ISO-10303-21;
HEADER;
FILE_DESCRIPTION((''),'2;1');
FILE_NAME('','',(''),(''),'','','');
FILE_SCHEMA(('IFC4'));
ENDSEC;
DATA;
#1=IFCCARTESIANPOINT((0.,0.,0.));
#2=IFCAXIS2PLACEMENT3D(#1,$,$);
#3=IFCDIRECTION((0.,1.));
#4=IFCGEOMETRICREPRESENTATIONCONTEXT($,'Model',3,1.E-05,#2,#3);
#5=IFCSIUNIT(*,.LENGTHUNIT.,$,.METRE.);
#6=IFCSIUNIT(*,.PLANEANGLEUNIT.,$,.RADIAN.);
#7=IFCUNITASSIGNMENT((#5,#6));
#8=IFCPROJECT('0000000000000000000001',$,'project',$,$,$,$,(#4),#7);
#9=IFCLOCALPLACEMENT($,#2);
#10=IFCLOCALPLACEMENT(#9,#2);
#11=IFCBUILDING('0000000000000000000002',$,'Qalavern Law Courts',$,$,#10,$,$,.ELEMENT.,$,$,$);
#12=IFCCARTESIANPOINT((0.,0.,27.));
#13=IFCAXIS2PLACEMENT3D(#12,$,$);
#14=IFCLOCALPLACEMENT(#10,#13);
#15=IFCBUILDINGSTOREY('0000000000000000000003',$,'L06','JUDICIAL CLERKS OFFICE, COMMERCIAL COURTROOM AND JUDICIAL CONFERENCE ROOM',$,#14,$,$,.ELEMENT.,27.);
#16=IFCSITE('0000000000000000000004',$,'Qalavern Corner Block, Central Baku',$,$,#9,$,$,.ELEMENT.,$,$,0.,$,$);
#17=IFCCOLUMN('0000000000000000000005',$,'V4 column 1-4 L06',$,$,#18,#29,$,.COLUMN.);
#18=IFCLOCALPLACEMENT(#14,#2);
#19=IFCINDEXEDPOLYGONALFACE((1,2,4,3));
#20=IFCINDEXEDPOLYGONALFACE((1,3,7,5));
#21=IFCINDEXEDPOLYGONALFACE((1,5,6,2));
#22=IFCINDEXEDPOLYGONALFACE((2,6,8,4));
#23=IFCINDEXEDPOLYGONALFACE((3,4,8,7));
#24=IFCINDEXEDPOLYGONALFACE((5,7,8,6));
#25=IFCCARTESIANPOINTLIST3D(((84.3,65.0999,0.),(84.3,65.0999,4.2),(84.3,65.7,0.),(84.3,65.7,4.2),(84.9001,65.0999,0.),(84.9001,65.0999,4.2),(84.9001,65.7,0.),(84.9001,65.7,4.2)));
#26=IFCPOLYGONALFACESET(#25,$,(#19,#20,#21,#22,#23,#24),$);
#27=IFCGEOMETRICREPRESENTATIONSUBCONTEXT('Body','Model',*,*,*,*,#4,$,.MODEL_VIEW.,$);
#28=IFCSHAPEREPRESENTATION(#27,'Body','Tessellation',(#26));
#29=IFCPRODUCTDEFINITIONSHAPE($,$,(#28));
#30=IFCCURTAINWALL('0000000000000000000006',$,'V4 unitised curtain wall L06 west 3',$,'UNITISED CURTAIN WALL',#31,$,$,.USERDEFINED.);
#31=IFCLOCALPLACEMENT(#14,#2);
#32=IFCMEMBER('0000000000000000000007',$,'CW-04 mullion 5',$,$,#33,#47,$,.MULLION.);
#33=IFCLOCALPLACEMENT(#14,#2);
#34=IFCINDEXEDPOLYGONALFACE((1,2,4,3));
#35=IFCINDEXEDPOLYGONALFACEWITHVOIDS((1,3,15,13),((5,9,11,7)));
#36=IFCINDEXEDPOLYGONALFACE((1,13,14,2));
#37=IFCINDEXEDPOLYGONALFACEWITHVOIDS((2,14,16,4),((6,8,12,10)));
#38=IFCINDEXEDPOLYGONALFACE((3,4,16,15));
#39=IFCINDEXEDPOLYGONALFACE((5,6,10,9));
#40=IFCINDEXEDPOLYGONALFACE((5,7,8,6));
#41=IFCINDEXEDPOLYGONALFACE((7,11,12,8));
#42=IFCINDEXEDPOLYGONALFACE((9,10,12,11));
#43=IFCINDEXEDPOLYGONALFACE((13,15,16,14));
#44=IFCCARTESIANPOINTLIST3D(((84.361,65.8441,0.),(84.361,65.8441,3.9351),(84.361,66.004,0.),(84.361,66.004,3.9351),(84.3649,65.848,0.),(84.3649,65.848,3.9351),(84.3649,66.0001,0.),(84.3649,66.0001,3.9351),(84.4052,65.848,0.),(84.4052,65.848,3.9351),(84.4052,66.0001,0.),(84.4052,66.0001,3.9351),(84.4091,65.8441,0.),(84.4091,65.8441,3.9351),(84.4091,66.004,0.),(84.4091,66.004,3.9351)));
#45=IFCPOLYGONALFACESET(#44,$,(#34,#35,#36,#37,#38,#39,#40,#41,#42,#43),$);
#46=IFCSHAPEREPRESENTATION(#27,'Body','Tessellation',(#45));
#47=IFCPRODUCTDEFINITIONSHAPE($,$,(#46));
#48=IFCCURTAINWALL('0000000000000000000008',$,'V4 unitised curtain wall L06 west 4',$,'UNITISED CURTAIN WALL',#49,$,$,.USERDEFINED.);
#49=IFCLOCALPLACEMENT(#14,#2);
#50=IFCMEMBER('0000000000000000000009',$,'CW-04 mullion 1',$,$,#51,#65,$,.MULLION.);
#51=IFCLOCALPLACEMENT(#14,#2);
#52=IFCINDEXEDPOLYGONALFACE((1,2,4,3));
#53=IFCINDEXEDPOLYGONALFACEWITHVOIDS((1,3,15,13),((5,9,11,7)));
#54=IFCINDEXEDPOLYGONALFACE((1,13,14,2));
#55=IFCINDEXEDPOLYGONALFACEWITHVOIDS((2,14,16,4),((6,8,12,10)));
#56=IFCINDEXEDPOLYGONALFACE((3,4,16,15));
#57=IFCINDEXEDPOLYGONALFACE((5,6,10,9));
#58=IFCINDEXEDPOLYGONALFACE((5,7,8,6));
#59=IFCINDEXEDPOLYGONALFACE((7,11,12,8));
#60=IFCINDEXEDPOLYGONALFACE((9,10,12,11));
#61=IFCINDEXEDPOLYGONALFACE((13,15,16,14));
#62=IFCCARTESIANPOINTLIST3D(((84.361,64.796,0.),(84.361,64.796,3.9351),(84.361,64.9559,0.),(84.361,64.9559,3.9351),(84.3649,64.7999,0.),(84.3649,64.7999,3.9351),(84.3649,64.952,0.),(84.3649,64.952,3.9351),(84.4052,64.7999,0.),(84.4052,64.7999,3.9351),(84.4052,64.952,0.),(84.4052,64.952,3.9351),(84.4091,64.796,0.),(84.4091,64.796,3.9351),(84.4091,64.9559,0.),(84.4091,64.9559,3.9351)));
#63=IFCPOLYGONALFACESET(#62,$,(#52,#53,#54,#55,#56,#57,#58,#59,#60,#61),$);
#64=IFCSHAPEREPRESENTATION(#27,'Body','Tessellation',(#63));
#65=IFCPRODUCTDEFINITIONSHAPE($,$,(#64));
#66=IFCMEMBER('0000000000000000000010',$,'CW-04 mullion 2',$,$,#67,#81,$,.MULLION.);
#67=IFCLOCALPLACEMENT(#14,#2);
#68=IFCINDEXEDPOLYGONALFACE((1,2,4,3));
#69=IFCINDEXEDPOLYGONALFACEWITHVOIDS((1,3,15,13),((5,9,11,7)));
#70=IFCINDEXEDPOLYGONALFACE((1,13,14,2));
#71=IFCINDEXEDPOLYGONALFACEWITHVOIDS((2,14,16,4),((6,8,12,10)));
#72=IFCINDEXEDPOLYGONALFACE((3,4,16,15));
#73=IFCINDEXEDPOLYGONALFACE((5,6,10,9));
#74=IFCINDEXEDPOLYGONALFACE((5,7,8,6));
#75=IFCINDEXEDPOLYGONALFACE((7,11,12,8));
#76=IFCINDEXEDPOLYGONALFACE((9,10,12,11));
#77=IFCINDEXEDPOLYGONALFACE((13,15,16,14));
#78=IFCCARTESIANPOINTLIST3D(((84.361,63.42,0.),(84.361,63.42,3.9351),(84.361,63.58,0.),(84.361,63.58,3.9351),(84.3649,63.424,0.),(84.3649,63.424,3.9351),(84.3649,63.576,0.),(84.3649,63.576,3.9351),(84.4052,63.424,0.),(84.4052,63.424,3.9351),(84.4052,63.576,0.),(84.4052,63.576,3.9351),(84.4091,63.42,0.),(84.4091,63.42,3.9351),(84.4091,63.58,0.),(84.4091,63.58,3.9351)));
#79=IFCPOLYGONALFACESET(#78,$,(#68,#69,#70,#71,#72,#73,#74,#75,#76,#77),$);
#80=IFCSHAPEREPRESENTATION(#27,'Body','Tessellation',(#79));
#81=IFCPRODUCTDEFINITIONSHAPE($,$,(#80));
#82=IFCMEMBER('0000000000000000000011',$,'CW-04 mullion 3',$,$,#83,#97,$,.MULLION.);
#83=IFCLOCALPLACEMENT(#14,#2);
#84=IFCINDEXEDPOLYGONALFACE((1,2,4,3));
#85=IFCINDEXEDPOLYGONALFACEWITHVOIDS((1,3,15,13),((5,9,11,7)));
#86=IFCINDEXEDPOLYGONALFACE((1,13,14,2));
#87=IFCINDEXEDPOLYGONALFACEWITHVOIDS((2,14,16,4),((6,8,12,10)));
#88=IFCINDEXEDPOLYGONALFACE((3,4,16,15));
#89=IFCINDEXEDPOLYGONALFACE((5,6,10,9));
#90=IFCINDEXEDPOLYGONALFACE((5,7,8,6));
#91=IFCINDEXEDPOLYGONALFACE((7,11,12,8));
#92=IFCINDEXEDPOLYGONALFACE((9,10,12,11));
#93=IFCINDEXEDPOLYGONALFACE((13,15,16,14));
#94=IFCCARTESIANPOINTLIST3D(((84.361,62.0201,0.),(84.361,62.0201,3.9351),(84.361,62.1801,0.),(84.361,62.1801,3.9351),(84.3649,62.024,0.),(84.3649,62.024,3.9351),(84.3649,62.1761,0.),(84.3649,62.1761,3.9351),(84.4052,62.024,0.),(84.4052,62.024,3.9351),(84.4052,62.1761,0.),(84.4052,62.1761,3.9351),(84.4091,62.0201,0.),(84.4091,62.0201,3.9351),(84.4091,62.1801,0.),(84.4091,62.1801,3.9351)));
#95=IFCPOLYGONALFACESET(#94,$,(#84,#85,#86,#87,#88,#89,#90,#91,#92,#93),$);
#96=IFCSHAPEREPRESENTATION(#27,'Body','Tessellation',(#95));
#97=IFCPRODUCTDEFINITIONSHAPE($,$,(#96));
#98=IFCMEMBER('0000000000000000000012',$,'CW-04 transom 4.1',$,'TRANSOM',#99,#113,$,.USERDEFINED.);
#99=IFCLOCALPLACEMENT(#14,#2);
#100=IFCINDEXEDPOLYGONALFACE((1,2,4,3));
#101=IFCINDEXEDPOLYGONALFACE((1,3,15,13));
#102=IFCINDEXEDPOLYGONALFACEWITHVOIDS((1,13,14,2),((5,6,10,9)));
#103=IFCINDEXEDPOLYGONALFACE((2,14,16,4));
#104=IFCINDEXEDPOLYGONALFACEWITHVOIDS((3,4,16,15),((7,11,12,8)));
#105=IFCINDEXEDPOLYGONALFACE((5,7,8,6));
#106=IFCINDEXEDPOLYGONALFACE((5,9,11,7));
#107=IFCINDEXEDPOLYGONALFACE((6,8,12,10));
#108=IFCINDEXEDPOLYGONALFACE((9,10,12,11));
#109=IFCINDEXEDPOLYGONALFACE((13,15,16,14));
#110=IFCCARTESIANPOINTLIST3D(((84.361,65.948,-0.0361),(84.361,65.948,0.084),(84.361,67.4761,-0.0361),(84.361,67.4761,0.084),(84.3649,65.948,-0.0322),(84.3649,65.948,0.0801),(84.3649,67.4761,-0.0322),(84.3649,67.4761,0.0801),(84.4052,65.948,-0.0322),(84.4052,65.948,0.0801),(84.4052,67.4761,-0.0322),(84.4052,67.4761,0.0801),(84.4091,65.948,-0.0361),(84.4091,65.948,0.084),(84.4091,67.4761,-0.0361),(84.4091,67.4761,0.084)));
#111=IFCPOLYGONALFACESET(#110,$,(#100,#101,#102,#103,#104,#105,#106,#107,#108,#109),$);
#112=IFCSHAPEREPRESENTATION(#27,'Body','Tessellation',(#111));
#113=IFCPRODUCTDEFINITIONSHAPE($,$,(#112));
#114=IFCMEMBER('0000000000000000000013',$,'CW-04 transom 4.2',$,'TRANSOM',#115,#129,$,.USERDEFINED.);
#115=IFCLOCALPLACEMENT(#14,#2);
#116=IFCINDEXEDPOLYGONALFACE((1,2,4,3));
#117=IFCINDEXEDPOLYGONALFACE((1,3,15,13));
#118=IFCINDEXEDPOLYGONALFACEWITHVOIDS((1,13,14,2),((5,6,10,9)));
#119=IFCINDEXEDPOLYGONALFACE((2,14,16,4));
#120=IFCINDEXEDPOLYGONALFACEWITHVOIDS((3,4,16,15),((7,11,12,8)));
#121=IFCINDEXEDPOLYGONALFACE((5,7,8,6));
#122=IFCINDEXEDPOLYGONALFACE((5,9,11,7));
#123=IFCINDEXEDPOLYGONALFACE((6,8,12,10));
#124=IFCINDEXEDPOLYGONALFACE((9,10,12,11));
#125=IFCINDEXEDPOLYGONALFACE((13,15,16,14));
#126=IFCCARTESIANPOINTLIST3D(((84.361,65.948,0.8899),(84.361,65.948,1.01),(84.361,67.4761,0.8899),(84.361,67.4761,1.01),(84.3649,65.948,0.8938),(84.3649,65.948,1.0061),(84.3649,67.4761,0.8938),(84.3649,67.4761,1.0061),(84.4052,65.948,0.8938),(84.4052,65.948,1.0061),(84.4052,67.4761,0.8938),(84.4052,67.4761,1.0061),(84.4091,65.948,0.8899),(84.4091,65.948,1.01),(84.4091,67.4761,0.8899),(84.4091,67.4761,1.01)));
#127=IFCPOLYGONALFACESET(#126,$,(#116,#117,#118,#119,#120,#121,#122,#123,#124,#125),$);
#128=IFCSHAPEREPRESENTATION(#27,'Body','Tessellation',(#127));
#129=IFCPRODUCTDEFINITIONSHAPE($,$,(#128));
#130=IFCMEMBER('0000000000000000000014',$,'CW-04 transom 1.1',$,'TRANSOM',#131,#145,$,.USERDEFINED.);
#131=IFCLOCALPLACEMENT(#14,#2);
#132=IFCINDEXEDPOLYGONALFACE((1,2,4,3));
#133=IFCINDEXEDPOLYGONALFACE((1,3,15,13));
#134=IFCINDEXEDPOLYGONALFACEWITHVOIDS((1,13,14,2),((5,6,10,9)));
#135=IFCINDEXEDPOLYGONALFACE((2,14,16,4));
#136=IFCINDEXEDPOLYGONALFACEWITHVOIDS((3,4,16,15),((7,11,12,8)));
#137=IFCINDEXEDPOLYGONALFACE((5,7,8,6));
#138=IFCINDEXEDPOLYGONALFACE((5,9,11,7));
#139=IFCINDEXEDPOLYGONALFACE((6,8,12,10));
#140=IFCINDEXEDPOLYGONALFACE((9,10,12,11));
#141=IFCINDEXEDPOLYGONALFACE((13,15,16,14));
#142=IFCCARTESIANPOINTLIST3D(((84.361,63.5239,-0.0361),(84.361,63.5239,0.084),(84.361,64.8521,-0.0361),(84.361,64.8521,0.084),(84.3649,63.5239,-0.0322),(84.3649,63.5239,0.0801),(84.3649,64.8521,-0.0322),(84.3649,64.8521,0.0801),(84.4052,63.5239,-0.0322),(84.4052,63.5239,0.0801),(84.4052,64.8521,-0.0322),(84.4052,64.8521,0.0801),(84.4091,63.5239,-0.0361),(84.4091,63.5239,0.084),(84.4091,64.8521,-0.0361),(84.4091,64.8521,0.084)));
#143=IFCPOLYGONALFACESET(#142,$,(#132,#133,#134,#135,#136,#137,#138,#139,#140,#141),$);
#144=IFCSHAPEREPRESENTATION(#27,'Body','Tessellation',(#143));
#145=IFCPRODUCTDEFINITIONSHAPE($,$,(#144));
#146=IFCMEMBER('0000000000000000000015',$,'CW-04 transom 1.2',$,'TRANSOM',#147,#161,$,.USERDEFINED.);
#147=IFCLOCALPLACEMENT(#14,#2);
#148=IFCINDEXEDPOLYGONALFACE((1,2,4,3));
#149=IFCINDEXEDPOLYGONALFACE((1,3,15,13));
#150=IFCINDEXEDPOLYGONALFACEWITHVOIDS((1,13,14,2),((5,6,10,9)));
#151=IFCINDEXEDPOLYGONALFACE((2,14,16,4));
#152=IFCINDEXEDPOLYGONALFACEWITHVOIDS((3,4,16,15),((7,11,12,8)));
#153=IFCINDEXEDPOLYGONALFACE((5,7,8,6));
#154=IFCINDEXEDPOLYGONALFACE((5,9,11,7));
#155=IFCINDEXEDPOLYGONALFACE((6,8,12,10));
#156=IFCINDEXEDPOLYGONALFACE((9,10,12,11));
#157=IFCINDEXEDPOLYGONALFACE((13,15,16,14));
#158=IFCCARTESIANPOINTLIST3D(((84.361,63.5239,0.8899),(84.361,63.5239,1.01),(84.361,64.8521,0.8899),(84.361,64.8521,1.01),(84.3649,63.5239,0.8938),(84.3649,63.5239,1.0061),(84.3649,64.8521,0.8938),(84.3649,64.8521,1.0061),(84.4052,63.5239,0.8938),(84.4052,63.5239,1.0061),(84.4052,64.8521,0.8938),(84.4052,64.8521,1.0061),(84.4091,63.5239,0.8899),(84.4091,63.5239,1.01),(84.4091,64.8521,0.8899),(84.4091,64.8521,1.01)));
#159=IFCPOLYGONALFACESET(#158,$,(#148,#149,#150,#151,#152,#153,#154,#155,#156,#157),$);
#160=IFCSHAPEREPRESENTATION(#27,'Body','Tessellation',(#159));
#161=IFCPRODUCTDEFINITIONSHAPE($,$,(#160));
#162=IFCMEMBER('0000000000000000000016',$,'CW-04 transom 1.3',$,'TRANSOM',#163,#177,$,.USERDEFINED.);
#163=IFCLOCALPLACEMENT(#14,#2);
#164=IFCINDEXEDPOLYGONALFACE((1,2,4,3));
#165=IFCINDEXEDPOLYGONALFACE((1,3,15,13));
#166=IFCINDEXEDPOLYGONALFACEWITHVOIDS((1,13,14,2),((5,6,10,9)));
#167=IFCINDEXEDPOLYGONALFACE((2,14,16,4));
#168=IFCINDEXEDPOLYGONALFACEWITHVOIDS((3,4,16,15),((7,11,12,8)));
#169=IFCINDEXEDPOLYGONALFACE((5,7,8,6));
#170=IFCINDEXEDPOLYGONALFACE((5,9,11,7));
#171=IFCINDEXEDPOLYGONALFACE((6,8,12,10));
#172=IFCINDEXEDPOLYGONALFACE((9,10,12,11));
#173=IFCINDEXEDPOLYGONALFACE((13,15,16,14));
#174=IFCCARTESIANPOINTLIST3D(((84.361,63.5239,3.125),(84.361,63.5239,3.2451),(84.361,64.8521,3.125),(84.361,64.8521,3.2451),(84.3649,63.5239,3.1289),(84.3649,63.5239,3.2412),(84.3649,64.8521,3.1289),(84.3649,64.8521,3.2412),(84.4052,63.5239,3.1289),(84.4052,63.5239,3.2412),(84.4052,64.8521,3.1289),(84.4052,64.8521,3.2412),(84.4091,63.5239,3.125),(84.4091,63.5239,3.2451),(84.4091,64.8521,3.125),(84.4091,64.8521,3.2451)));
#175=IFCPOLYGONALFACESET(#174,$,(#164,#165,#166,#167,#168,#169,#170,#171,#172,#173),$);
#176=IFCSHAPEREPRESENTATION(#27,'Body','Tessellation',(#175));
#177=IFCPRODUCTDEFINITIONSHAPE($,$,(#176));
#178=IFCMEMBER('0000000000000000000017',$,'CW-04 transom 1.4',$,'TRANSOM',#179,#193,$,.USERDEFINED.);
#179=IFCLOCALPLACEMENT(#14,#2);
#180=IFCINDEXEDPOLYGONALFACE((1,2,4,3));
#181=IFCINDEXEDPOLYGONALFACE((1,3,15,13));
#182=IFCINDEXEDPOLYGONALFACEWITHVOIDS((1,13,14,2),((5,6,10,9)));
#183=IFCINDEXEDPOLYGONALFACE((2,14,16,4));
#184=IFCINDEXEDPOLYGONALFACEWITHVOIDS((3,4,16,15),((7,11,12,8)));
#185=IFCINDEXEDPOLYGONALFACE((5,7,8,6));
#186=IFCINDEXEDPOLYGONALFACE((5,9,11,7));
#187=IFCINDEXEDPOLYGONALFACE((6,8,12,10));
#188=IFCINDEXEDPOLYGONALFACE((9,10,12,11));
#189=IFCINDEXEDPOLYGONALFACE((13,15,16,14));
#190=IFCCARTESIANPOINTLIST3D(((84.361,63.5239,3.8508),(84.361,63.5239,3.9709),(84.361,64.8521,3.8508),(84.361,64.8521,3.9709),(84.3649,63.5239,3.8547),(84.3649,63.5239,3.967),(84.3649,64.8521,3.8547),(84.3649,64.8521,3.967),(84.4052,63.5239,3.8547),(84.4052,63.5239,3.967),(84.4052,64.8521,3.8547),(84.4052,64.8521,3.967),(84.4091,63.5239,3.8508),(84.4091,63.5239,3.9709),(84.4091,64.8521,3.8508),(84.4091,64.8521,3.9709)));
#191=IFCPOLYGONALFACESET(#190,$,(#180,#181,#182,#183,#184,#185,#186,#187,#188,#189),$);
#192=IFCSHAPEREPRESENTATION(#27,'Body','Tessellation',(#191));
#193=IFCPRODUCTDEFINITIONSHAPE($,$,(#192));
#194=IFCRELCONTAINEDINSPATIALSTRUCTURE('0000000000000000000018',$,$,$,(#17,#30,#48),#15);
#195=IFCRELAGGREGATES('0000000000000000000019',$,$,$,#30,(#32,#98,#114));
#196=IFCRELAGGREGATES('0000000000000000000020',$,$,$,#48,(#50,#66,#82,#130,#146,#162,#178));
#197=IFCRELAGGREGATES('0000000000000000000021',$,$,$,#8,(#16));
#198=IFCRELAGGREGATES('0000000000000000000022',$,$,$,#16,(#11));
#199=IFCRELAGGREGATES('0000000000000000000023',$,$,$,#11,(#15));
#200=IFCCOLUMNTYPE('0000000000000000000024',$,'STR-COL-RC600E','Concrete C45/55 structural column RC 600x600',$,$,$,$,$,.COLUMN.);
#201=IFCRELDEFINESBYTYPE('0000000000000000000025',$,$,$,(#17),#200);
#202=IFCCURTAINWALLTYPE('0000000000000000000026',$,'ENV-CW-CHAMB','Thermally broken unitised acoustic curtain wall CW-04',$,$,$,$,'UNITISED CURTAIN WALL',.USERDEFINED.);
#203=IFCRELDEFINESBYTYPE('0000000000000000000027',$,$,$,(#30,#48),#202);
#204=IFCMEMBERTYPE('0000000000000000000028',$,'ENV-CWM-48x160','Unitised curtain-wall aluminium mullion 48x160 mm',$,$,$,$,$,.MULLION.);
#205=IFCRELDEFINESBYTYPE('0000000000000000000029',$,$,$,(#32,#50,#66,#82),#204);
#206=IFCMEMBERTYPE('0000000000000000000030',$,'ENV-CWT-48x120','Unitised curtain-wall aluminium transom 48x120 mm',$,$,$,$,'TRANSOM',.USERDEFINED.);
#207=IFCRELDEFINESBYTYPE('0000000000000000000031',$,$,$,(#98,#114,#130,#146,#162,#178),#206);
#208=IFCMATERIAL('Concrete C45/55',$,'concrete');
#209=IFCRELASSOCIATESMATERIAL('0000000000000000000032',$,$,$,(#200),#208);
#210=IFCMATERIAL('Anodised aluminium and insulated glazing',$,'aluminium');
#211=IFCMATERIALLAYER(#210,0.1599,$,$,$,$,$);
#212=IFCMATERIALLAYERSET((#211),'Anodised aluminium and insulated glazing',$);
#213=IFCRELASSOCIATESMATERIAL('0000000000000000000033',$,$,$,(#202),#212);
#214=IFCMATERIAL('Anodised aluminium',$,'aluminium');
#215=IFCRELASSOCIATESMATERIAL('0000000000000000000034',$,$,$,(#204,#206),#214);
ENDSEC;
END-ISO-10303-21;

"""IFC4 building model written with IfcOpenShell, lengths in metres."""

from ifc_helpers import new_model, si_unit, direction, frame, origin, origin_2d, place, context, subcontext, project, spatial, rectangle, hollow_rectangle, extrude, material, layer, layer_set, material_profile, profile_set, type_object, element, aggregate, save


model = new_model("IFC4")

# Units and contexts
model_context = context("Model", 3, precision=1e-05, world=origin(), true_north=direction((0.0, 1.0)))
body_context = subcontext(model_context, "Body", "Model", "MODEL_VIEW")
ifc_project = project(units=[si_unit("LENGTHUNIT", "METRE"), si_unit("PLANEANGLEUNIT", "RADIAN")], contexts=[model_context])

# Site, building, storey
site_placement = place(None, origin())
site = spatial("IfcSite", under=ifc_project, at=site_placement, Name="Qalavern Corner Block, Central Baku", CompositionType="ELEMENT", RefElevation=0.0)
building_placement = place(site_placement, origin())
building = spatial("IfcBuilding", under=site, at=building_placement, Name="Qalavern Law Courts", CompositionType="ELEMENT")
storey_placement = place(building_placement, frame((0.0, 0.0, 27.0)))
storey = spatial("IfcBuildingStorey", under=building, at=storey_placement, Name="L06", Description="JUDICIAL CLERKS OFFICE, COMMERCIAL COURTROOM AND JUDICIAL CONFERENCE ROOM", CompositionType="ELEMENT", Elevation=27.0)

# Column
ifc_material_1 = material(Name="Concrete C45/55", Category="concrete")
ifc_material_profile_1 = material_profile(ifc_material_1, rectangle(XDim=0.6001, YDim=0.6001, at=origin_2d()), Name="RC 600x600")
ifc_profile_set_1 = profile_set([ifc_material_profile_1], Name="Concrete C45/55")
column_type = type_object("IfcColumnType", Name="STR-COL-RC600E", Description="Concrete C45/55 structural column RC 600x600", PredefinedType="COLUMN", material=ifc_profile_set_1)
column_placement = place(storey_placement, frame((84.6001, 65.3999, 0.0), z_axis=(0.0, 0.0, 1.0), x_axis=(1.0, 0.0, 0.0)))
element("IfcColumn", 1, at=column_placement, inside=storey, type_object=column_type, Name="V4 column 1-4 L06", PredefinedType="COLUMN", context=body_context, shape_type="SweptSolid", body=[
    extrude(rectangle(XDim=0.6001, YDim=0.6001, at=origin_2d()), origin(), (0.0, 0.0, 1.0), 4.2),
])

# Curtain wall, member
ifc_material_2 = material(Name="Anodised aluminium and insulated glazing", Category="aluminium")
ifc_layer_1 = layer(ifc_material_2, 0.1599)
ifc_layer_set_1 = layer_set([ifc_layer_1], Name="Anodised aluminium and insulated glazing")
curtain_wall_type = type_object("IfcCurtainWallType", Name="ENV-CW-CHAMB", Description="Thermally broken unitised acoustic curtain wall CW-04", ElementType="UNITISED CURTAIN WALL", PredefinedType="USERDEFINED", material=ifc_layer_set_1)
curtain_wall_1_placement = place(storey_placement, origin())
curtain_wall_1 = element("IfcCurtainWall", 2, at=curtain_wall_1_placement, inside=storey, type_object=curtain_wall_type, Name="V4 unitised curtain wall L06 west 3", ObjectType="UNITISED CURTAIN WALL", PredefinedType="USERDEFINED")
ifc_material_3 = material(Name="Anodised aluminium", Category="aluminium")
ifc_material_profile_2 = material_profile(ifc_material_3, hollow_rectangle(XDim=0.0481, YDim=0.1599, WallThickness=0.0039, at=origin_2d()), Name="ALU MULLION 48x160")
ifc_profile_set_2 = profile_set([ifc_material_profile_2], Name="Anodised aluminium")
member_type_1 = type_object("IfcMemberType", Name="ENV-CWM-48x160", Description="Unitised curtain-wall aluminium mullion 48x160 mm", PredefinedType="MULLION", material=ifc_profile_set_2)
member_1_placement = place(storey_placement, frame((84.385, 65.9241, 0.0), z_axis=(0.0, 0.0, 1.0), x_axis=(1.0, 0.0, 0.0)))
member_1 = element("IfcMember", 3, at=member_1_placement, type_object=member_type_1, Name="CW-04 mullion 5", PredefinedType="MULLION", context=body_context, shape_type="SweptSolid", body=[
    extrude(hollow_rectangle(XDim=0.0481, YDim=0.1599, WallThickness=0.0039, at=origin_2d()), origin(), (0.0, 0.0, 1.0), 3.9351),
])

# Curtain wall, members
curtain_wall_2_placement = place(storey_placement, origin())
curtain_wall_2 = element("IfcCurtainWall", 4, at=curtain_wall_2_placement, inside=storey, type_object=curtain_wall_type, Name="V4 unitised curtain wall L06 west 4", ObjectType="UNITISED CURTAIN WALL", PredefinedType="USERDEFINED")
member_2_placement = place(storey_placement, frame((84.385, 64.876, 0.0), z_axis=(0.0, 0.0, 1.0), x_axis=(1.0, 0.0, 0.0)))
member_2 = element("IfcMember", 5, at=member_2_placement, type_object=member_type_1, Name="CW-04 mullion 1", PredefinedType="MULLION", context=body_context, shape_type="SweptSolid", body=[
    extrude(hollow_rectangle(XDim=0.0481, YDim=0.1599, WallThickness=0.0039, at=origin_2d()), origin(), (0.0, 0.0, 1.0), 3.9351),
])
member_3_placement = place(storey_placement, frame((84.385, 63.5, 0.0), z_axis=(0.0, 0.0, 1.0), x_axis=(1.0, 0.0, 0.0)))
member_3 = element("IfcMember", 6, at=member_3_placement, type_object=member_type_1, Name="CW-04 mullion 2", PredefinedType="MULLION", context=body_context, shape_type="SweptSolid", body=[
    extrude(hollow_rectangle(XDim=0.0481, YDim=0.1599, WallThickness=0.0039, at=origin_2d()), origin(), (0.0, 0.0, 1.0), 3.9351),
])
member_4_placement = place(storey_placement, frame((84.385, 62.1001, 0.0), z_axis=(0.0, 0.0, 1.0), x_axis=(1.0, 0.0, 0.0)))
member_4 = element("IfcMember", 7, at=member_4_placement, type_object=member_type_1, Name="CW-04 mullion 3", PredefinedType="MULLION", context=body_context, shape_type="SweptSolid", body=[
    extrude(hollow_rectangle(XDim=0.0481, YDim=0.1599, WallThickness=0.0039, at=origin_2d()), origin(), (0.0, 0.0, 1.0), 3.9351),
])

# Members
ifc_material_profile_3 = material_profile(ifc_material_3, hollow_rectangle(XDim=0.0481, YDim=0.1201, WallThickness=0.0039, at=origin_2d()), Name="ALU TRANSOM 48x120")
ifc_profile_set_3 = profile_set([ifc_material_profile_3], Name="Anodised aluminium")
member_type_2 = type_object("IfcMemberType", Name="ENV-CWT-48x120", Description="Unitised curtain-wall aluminium transom 48x120 mm", ElementType="TRANSOM", PredefinedType="USERDEFINED", material=ifc_profile_set_3)
member_5_placement = place(storey_placement, frame((84.385, 67.4761, 0.0239), z_axis=(0.0, -1.0, 0.0), x_axis=(1.0, 0.0, 0.0)))
member_5 = element("IfcMember", 8, at=member_5_placement, type_object=member_type_2, Name="CW-04 transom 4.1", ObjectType="TRANSOM", PredefinedType="USERDEFINED", context=body_context, shape_type="SweptSolid", body=[
    extrude(hollow_rectangle(XDim=0.0481, YDim=0.1201, WallThickness=0.0039, at=origin_2d()), origin(), (0.0, 0.0, 1.0), 1.5281),
])
member_6_placement = place(storey_placement, frame((84.385, 67.4761, 0.95), z_axis=(0.0, -1.0, 0.0), x_axis=(1.0, 0.0, 0.0)))
member_6 = element("IfcMember", 9, at=member_6_placement, type_object=member_type_2, Name="CW-04 transom 4.2", ObjectType="TRANSOM", PredefinedType="USERDEFINED", context=body_context, shape_type="SweptSolid", body=[
    extrude(hollow_rectangle(XDim=0.0481, YDim=0.1201, WallThickness=0.0039, at=origin_2d()), origin(), (0.0, 0.0, 1.0), 1.5281),
])
member_7_placement = place(storey_placement, frame((84.385, 64.8521, 0.0239), z_axis=(0.0, -1.0, 0.0), x_axis=(1.0, 0.0, 0.0)))
member_7 = element("IfcMember", 10, at=member_7_placement, type_object=member_type_2, Name="CW-04 transom 1.1", ObjectType="TRANSOM", PredefinedType="USERDEFINED", context=body_context, shape_type="SweptSolid", body=[
    extrude(hollow_rectangle(XDim=0.0481, YDim=0.1201, WallThickness=0.0039, at=origin_2d()), origin(), (0.0, 0.0, 1.0), 1.3281),
])
member_8_placement = place(storey_placement, frame((84.385, 64.8521, 0.95), z_axis=(0.0, -1.0, 0.0), x_axis=(1.0, 0.0, 0.0)))
member_8 = element("IfcMember", 11, at=member_8_placement, type_object=member_type_2, Name="CW-04 transom 1.2", ObjectType="TRANSOM", PredefinedType="USERDEFINED", context=body_context, shape_type="SweptSolid", body=[
    extrude(hollow_rectangle(XDim=0.0481, YDim=0.1201, WallThickness=0.0039, at=origin_2d()), origin(), (0.0, 0.0, 1.0), 1.3281),
])
member_9_placement = place(storey_placement, frame((84.385, 64.8521, 3.1851), z_axis=(0.0, -1.0, 0.0), x_axis=(1.0, 0.0, 0.0)))
member_9 = element("IfcMember", 12, at=member_9_placement, type_object=member_type_2, Name="CW-04 transom 1.3", ObjectType="TRANSOM", PredefinedType="USERDEFINED", context=body_context, shape_type="SweptSolid", body=[
    extrude(hollow_rectangle(XDim=0.0481, YDim=0.1201, WallThickness=0.0039, at=origin_2d()), origin(), (0.0, 0.0, 1.0), 1.3281),
])
member_10_placement = place(storey_placement, frame((84.385, 64.8521, 3.9109), z_axis=(0.0, -1.0, 0.0), x_axis=(1.0, 0.0, 0.0)))
member_10 = element("IfcMember", 13, at=member_10_placement, type_object=member_type_2, Name="CW-04 transom 1.4", ObjectType="TRANSOM", PredefinedType="USERDEFINED", context=body_context, shape_type="SweptSolid", body=[
    extrude(hollow_rectangle(XDim=0.0481, YDim=0.1201, WallThickness=0.0039, at=origin_2d()), origin(), (0.0, 0.0, 1.0), 1.3281),
])

aggregate(curtain_wall_1, [member_1, member_5, member_6])
aggregate(curtain_wall_2, [member_2, member_3, member_4, member_7, member_8, member_9, member_10])

save(model, "model.ifc")
